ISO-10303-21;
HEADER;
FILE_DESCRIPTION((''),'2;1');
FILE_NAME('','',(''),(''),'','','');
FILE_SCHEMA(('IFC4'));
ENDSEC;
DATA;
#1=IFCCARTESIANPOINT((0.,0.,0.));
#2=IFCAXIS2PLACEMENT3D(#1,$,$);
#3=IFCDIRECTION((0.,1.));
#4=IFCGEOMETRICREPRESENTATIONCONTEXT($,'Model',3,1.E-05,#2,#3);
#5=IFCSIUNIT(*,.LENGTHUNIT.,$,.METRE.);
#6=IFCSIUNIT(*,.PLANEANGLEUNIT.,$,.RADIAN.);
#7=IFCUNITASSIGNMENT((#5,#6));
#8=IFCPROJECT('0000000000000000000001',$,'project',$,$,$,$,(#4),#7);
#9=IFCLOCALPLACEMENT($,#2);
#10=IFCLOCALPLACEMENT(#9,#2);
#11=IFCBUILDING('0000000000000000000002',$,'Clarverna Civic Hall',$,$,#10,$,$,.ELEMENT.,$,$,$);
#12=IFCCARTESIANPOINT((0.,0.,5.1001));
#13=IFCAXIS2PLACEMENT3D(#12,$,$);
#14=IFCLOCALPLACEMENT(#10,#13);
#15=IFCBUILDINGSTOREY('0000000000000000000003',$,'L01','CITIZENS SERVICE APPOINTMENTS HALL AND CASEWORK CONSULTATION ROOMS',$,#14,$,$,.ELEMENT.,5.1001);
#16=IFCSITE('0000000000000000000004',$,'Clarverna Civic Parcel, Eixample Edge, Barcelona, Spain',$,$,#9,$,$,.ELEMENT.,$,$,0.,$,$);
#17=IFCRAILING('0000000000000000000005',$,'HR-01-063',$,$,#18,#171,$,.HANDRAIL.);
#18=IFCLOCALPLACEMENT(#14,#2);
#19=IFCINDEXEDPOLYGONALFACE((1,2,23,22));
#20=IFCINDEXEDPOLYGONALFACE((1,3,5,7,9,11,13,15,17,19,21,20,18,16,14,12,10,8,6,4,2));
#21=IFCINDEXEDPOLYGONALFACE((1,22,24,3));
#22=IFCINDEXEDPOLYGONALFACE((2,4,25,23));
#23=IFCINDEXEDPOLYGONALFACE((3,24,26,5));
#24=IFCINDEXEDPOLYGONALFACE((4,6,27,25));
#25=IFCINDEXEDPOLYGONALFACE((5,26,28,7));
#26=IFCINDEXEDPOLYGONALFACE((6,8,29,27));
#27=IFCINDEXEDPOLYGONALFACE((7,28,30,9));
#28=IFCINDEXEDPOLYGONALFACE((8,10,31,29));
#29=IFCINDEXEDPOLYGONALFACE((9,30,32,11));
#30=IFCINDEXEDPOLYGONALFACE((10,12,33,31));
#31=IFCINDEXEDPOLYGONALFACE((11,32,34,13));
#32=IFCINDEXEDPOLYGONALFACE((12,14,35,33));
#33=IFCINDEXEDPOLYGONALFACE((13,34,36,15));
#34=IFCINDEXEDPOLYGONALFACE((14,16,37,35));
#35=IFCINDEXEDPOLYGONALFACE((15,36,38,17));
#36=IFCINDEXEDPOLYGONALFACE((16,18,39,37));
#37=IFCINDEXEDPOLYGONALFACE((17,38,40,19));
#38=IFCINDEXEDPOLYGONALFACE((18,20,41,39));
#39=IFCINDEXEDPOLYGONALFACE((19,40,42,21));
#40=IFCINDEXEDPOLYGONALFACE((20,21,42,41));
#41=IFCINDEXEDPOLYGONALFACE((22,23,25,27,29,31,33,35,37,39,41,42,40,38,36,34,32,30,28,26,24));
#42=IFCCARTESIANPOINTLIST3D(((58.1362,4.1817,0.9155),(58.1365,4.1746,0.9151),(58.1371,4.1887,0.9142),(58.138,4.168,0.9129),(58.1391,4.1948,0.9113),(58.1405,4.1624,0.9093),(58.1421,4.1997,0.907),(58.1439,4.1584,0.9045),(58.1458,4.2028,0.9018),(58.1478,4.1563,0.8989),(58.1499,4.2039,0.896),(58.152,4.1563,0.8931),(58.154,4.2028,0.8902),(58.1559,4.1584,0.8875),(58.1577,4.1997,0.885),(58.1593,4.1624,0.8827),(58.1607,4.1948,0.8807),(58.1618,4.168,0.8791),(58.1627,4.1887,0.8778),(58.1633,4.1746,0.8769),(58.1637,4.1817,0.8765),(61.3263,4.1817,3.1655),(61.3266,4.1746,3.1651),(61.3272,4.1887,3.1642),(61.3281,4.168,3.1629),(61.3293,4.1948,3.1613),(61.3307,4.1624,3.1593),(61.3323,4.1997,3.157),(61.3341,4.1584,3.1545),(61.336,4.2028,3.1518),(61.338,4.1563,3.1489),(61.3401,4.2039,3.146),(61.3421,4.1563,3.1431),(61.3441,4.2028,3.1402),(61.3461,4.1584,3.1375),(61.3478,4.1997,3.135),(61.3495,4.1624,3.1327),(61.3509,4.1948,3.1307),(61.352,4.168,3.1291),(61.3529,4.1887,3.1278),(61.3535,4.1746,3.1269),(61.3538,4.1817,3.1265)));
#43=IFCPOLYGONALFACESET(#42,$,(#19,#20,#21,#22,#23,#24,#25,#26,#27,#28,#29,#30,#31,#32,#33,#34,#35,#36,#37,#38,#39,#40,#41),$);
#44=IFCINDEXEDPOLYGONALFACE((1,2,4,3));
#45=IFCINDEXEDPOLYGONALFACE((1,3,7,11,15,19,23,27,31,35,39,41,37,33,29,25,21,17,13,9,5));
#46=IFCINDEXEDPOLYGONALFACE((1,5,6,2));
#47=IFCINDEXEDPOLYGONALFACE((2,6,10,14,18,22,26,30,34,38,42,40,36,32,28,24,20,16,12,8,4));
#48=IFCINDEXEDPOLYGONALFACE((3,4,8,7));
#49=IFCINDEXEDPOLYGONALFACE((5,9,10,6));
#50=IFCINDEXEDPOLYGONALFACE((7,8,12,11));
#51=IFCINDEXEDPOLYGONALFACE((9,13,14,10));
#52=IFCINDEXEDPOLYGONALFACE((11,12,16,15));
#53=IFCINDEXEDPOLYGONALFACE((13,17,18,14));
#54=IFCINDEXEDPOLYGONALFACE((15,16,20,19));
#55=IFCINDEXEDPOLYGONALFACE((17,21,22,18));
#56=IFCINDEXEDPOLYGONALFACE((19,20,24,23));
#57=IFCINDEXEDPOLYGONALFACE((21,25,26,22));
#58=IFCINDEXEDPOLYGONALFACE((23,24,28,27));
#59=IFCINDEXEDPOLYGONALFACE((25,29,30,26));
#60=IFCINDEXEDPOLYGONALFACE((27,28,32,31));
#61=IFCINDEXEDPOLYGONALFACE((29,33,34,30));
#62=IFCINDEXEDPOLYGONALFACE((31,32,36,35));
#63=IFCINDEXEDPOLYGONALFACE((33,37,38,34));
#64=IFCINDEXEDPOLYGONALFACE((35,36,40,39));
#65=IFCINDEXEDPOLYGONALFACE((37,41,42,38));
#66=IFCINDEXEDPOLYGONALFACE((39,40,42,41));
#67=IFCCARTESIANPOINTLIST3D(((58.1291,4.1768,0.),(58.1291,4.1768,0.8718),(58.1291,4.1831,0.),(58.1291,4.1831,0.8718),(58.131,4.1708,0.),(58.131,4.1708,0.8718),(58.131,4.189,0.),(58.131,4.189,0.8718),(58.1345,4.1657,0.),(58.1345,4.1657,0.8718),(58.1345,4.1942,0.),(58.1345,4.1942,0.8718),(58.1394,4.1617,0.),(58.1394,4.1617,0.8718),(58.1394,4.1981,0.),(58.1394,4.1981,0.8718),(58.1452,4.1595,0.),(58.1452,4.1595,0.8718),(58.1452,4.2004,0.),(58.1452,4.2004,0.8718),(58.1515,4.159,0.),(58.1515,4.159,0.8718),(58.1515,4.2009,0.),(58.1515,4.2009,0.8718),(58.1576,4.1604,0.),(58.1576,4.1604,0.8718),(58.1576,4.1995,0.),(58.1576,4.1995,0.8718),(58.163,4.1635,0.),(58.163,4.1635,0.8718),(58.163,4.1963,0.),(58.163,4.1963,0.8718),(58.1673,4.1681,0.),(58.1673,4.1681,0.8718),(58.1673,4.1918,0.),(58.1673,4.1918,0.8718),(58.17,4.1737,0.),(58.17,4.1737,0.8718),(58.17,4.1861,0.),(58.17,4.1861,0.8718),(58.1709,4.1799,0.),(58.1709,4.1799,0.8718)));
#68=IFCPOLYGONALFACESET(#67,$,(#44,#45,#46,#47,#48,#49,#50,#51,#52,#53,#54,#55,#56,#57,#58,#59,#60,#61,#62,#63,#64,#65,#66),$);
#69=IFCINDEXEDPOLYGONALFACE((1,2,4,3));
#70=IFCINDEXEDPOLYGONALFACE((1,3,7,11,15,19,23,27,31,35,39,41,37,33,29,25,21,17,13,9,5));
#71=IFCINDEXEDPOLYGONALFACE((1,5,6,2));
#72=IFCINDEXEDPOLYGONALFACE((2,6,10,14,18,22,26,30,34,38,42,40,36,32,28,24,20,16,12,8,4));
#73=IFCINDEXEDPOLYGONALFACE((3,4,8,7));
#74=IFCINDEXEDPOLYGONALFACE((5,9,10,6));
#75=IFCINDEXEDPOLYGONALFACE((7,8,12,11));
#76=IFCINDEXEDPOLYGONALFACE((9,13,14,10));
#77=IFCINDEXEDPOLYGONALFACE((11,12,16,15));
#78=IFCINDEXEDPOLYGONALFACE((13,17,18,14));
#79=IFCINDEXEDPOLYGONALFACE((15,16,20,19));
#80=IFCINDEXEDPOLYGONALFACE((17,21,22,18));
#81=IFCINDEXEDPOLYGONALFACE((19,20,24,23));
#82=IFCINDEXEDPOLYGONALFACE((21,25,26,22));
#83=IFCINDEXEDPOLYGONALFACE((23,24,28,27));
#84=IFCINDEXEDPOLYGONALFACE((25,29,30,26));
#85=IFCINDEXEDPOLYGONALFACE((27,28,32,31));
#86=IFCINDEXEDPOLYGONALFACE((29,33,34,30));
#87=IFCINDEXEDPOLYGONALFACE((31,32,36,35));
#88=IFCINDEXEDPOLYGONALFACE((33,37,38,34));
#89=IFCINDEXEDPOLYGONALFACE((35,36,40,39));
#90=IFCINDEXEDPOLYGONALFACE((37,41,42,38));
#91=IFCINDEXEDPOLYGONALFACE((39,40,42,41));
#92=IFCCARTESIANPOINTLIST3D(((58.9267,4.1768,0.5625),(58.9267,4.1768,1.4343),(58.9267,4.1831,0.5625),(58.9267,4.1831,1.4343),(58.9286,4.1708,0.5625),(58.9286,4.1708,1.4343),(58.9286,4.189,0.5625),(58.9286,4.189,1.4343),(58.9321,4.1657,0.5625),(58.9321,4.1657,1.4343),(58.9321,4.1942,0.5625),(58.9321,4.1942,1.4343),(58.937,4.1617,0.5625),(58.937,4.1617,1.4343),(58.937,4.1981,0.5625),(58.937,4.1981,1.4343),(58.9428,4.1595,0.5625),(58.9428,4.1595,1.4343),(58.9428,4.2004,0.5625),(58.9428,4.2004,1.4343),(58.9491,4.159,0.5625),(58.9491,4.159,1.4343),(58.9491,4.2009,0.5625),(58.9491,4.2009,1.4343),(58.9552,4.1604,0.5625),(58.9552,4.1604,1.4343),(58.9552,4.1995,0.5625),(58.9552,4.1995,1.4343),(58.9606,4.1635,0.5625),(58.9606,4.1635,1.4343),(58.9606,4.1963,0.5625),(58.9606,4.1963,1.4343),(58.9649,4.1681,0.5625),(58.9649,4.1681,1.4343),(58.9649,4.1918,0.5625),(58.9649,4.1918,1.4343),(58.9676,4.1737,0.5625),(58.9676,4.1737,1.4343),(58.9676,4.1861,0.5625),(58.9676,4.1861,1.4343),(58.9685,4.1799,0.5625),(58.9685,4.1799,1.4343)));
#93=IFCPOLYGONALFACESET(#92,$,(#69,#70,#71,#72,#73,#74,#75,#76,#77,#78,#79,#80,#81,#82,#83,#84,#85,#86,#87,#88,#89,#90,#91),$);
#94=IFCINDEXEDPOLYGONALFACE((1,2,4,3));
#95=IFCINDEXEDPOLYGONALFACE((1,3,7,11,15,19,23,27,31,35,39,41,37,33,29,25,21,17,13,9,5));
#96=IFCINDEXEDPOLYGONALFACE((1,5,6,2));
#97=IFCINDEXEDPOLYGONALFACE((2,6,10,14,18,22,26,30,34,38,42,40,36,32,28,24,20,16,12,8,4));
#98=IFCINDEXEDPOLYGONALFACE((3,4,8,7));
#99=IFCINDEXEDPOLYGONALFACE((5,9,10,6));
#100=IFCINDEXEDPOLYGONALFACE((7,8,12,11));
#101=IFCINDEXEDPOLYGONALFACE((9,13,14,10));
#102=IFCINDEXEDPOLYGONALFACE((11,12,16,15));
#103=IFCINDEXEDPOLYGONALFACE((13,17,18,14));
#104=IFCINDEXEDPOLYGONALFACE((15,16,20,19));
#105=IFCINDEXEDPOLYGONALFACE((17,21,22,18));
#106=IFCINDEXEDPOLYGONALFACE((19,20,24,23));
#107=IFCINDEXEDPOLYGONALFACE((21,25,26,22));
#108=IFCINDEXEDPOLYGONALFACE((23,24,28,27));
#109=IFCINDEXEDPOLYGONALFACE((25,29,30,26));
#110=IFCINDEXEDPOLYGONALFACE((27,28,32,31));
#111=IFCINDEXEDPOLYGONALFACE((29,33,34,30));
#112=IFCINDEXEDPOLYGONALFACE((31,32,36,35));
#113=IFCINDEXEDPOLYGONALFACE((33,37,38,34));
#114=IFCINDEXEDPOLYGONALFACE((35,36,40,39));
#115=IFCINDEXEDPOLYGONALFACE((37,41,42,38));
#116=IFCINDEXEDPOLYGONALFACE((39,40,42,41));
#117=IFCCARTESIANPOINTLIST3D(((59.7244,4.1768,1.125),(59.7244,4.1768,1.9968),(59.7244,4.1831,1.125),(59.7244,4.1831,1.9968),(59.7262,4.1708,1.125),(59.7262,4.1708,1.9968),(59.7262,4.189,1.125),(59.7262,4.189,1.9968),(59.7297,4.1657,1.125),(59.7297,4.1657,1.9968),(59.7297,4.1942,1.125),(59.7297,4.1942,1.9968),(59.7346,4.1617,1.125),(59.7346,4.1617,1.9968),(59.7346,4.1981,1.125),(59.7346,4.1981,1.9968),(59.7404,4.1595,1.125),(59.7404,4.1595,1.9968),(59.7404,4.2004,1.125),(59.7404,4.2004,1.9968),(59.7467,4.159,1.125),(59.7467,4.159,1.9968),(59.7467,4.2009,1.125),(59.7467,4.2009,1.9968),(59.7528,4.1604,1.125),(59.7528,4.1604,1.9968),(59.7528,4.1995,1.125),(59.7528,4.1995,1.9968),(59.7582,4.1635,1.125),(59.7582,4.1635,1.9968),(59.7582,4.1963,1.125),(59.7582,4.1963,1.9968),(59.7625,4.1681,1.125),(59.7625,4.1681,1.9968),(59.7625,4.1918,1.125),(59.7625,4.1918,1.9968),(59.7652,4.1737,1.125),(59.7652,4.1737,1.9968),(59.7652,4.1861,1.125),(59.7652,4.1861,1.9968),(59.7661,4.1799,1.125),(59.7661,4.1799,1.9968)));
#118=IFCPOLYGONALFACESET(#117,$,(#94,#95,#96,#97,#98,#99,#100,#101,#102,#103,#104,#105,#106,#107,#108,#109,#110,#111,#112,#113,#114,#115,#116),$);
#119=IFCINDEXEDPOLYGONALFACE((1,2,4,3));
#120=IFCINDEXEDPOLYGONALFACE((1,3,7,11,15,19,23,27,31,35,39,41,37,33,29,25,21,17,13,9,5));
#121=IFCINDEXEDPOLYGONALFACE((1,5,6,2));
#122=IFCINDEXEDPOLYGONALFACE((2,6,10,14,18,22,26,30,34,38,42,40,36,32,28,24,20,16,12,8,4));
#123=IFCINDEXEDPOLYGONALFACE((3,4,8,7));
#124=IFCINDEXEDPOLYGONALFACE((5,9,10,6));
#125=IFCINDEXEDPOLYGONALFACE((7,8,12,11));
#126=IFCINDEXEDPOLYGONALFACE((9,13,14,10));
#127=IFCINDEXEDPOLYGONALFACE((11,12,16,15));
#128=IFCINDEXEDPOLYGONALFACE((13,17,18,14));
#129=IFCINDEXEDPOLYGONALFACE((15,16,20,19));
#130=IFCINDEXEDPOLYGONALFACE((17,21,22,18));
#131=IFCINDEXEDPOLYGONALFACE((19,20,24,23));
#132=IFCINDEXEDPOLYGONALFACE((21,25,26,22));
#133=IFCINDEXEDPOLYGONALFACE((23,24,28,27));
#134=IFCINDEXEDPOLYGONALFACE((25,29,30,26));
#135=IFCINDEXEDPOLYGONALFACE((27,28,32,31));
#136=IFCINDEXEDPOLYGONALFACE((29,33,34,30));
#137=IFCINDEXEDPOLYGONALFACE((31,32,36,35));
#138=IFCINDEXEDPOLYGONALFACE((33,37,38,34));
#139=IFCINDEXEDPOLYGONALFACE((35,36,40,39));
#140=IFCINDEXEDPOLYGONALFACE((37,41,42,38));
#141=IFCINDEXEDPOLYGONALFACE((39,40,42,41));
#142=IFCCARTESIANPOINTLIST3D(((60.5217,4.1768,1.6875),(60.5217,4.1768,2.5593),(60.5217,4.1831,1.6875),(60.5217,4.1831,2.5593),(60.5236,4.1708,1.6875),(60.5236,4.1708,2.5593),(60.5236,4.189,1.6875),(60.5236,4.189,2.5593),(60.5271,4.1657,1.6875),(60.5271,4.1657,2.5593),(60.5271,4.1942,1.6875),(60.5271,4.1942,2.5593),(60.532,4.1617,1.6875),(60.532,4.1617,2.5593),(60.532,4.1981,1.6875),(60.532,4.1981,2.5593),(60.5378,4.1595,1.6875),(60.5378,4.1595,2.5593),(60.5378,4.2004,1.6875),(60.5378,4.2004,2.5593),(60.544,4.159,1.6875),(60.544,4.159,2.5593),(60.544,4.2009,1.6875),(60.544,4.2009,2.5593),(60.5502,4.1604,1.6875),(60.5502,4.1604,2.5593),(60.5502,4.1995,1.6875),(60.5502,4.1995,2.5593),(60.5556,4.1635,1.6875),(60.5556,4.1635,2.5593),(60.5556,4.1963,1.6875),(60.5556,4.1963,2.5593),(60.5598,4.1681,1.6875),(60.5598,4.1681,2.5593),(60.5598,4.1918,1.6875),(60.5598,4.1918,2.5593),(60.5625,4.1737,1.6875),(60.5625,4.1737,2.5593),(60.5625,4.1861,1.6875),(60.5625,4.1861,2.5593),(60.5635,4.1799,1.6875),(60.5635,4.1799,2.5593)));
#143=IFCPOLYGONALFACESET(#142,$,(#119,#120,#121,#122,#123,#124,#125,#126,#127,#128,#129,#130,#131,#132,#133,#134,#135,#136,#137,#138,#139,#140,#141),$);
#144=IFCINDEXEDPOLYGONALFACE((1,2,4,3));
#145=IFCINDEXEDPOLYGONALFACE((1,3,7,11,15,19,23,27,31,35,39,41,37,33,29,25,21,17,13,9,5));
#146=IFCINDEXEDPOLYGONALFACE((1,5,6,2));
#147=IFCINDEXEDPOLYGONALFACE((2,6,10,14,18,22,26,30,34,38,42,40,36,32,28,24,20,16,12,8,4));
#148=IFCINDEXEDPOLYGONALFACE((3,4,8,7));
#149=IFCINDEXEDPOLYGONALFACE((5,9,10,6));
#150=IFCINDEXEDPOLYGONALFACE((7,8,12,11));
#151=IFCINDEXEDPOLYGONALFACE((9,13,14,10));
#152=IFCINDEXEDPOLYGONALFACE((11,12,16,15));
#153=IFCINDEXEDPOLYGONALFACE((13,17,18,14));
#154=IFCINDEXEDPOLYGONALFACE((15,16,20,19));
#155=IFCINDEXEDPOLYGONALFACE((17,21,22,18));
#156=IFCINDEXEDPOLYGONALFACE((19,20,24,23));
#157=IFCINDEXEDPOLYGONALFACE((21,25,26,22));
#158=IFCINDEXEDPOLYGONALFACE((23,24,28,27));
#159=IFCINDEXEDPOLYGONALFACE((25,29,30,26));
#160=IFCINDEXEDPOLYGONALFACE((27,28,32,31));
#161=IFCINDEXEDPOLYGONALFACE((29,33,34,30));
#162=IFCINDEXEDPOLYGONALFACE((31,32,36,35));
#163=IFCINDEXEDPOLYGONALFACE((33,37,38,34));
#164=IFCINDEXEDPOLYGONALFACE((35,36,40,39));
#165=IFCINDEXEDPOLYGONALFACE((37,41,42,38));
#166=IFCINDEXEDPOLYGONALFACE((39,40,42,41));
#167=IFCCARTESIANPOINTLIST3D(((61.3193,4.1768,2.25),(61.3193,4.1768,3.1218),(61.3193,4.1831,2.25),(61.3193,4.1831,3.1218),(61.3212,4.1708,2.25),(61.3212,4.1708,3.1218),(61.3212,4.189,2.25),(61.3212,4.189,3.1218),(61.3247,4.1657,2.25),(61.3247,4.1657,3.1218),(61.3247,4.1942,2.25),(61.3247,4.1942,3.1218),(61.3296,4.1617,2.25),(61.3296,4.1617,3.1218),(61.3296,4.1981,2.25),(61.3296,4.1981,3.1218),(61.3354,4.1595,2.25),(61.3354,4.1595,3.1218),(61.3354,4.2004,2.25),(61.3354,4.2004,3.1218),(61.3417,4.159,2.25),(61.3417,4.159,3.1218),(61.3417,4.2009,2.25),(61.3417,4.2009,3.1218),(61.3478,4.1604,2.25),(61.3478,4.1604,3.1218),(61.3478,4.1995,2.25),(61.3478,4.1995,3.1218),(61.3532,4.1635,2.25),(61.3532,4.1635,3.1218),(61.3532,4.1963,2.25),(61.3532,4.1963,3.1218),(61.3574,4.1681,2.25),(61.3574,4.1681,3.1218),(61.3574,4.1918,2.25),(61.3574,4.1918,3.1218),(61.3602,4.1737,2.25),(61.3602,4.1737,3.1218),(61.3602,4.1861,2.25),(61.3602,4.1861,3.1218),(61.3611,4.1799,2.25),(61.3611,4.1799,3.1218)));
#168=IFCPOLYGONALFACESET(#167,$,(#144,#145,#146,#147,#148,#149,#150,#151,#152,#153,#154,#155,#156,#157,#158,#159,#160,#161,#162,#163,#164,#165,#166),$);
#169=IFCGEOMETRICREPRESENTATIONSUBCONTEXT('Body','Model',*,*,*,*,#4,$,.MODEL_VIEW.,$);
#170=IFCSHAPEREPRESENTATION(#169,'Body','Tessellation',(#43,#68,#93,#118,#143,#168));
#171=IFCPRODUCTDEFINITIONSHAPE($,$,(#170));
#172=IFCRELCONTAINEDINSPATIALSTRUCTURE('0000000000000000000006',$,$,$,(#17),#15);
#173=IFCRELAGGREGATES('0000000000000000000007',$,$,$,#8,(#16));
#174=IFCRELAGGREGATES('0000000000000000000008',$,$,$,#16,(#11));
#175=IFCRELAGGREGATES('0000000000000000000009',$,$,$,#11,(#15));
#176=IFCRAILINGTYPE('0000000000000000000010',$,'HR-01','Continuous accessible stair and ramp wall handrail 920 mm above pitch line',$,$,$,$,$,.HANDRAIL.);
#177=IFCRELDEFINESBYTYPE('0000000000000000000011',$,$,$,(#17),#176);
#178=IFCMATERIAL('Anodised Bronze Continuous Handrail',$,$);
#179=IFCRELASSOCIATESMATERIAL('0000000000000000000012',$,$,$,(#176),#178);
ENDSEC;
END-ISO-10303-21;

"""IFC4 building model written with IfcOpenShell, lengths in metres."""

from ifc_helpers import new_model, si_unit, direction, frame, origin, origin_2d, place, context, subcontext, project, spatial, circle, extrude, material, type_object, element, save


model = new_model("IFC4")

# Units and contexts
model_context = context("Model", 3, precision=1e-05, world=origin(), true_north=direction((0.0, 1.0)))
body_context = subcontext(model_context, "Body", "Model", "MODEL_VIEW")
ifc_project = project(units=[si_unit("LENGTHUNIT", "METRE"), si_unit("PLANEANGLEUNIT", "RADIAN")], contexts=[model_context])

# Site, building, storey
site_placement = place(None, origin())
site = spatial("IfcSite", under=ifc_project, at=site_placement, Name="Clarverna Civic Parcel, Eixample Edge, Barcelona, Spain", CompositionType="ELEMENT", RefElevation=0.0)
building_placement = place(site_placement, origin())
building = spatial("IfcBuilding", under=site, at=building_placement, Name="Clarverna Civic Hall", CompositionType="ELEMENT")
storey_placement = place(building_placement, frame((0.0, 0.0, 5.1001)))
storey = spatial("IfcBuildingStorey", under=building, at=storey_placement, Name="L01", Description="CITIZENS SERVICE APPOINTMENTS HALL AND CASEWORK CONSULTATION ROOMS", CompositionType="ELEMENT", Elevation=5.1001)

# Railing
ifc_material_1 = material(Name="Anodised Bronze Continuous Handrail")
railing_type_1 = type_object("IfcRailingType", Name="HR-01", Description="Continuous accessible stair and ramp wall handrail 920 mm above pitch line", PredefinedType="HANDRAIL", material=ifc_material_1)
railing_1_placement = place(storey_placement, frame((58.1499, 4.1799, 0.0)))
element("IfcRailing", 1, at=railing_1_placement, inside=storey, type_object=railing_type_1, Name="HR-01-063", PredefinedType="HANDRAIL", context=body_context, shape_type="SweptSolid", body=[
    extrude(circle(Radius=0.0239, at=origin_2d()), frame((0.0, 0.0, 0.896), z_axis=(0.817197, 0.0, 0.576359), x_axis=(0.0, 1.0, 0.0)), (0.0, 0.0, 1.0), 3.9038),
    extrude(circle(Radius=0.021, at=origin_2d()), origin(), (0.0, 0.0, 1.0), 0.8718),
    extrude(circle(Radius=0.021, at=origin_2d()), frame((0.7976, 0.0, 0.5625)), (0.0, 0.0, 1.0), 0.8718),
    extrude(circle(Radius=0.021, at=origin_2d()), frame((1.5952, 0.0, 1.125)), (0.0, 0.0, 1.0), 0.8718),
    extrude(circle(Radius=0.021, at=origin_2d()), frame((2.3926, 0.0, 1.6875)), (0.0, 0.0, 1.0), 0.8718),
    extrude(circle(Radius=0.021, at=origin_2d()), frame((3.1902, 0.0, 2.25)), (0.0, 0.0, 1.0), 0.8718),
])

save(model, "model.ifc")
